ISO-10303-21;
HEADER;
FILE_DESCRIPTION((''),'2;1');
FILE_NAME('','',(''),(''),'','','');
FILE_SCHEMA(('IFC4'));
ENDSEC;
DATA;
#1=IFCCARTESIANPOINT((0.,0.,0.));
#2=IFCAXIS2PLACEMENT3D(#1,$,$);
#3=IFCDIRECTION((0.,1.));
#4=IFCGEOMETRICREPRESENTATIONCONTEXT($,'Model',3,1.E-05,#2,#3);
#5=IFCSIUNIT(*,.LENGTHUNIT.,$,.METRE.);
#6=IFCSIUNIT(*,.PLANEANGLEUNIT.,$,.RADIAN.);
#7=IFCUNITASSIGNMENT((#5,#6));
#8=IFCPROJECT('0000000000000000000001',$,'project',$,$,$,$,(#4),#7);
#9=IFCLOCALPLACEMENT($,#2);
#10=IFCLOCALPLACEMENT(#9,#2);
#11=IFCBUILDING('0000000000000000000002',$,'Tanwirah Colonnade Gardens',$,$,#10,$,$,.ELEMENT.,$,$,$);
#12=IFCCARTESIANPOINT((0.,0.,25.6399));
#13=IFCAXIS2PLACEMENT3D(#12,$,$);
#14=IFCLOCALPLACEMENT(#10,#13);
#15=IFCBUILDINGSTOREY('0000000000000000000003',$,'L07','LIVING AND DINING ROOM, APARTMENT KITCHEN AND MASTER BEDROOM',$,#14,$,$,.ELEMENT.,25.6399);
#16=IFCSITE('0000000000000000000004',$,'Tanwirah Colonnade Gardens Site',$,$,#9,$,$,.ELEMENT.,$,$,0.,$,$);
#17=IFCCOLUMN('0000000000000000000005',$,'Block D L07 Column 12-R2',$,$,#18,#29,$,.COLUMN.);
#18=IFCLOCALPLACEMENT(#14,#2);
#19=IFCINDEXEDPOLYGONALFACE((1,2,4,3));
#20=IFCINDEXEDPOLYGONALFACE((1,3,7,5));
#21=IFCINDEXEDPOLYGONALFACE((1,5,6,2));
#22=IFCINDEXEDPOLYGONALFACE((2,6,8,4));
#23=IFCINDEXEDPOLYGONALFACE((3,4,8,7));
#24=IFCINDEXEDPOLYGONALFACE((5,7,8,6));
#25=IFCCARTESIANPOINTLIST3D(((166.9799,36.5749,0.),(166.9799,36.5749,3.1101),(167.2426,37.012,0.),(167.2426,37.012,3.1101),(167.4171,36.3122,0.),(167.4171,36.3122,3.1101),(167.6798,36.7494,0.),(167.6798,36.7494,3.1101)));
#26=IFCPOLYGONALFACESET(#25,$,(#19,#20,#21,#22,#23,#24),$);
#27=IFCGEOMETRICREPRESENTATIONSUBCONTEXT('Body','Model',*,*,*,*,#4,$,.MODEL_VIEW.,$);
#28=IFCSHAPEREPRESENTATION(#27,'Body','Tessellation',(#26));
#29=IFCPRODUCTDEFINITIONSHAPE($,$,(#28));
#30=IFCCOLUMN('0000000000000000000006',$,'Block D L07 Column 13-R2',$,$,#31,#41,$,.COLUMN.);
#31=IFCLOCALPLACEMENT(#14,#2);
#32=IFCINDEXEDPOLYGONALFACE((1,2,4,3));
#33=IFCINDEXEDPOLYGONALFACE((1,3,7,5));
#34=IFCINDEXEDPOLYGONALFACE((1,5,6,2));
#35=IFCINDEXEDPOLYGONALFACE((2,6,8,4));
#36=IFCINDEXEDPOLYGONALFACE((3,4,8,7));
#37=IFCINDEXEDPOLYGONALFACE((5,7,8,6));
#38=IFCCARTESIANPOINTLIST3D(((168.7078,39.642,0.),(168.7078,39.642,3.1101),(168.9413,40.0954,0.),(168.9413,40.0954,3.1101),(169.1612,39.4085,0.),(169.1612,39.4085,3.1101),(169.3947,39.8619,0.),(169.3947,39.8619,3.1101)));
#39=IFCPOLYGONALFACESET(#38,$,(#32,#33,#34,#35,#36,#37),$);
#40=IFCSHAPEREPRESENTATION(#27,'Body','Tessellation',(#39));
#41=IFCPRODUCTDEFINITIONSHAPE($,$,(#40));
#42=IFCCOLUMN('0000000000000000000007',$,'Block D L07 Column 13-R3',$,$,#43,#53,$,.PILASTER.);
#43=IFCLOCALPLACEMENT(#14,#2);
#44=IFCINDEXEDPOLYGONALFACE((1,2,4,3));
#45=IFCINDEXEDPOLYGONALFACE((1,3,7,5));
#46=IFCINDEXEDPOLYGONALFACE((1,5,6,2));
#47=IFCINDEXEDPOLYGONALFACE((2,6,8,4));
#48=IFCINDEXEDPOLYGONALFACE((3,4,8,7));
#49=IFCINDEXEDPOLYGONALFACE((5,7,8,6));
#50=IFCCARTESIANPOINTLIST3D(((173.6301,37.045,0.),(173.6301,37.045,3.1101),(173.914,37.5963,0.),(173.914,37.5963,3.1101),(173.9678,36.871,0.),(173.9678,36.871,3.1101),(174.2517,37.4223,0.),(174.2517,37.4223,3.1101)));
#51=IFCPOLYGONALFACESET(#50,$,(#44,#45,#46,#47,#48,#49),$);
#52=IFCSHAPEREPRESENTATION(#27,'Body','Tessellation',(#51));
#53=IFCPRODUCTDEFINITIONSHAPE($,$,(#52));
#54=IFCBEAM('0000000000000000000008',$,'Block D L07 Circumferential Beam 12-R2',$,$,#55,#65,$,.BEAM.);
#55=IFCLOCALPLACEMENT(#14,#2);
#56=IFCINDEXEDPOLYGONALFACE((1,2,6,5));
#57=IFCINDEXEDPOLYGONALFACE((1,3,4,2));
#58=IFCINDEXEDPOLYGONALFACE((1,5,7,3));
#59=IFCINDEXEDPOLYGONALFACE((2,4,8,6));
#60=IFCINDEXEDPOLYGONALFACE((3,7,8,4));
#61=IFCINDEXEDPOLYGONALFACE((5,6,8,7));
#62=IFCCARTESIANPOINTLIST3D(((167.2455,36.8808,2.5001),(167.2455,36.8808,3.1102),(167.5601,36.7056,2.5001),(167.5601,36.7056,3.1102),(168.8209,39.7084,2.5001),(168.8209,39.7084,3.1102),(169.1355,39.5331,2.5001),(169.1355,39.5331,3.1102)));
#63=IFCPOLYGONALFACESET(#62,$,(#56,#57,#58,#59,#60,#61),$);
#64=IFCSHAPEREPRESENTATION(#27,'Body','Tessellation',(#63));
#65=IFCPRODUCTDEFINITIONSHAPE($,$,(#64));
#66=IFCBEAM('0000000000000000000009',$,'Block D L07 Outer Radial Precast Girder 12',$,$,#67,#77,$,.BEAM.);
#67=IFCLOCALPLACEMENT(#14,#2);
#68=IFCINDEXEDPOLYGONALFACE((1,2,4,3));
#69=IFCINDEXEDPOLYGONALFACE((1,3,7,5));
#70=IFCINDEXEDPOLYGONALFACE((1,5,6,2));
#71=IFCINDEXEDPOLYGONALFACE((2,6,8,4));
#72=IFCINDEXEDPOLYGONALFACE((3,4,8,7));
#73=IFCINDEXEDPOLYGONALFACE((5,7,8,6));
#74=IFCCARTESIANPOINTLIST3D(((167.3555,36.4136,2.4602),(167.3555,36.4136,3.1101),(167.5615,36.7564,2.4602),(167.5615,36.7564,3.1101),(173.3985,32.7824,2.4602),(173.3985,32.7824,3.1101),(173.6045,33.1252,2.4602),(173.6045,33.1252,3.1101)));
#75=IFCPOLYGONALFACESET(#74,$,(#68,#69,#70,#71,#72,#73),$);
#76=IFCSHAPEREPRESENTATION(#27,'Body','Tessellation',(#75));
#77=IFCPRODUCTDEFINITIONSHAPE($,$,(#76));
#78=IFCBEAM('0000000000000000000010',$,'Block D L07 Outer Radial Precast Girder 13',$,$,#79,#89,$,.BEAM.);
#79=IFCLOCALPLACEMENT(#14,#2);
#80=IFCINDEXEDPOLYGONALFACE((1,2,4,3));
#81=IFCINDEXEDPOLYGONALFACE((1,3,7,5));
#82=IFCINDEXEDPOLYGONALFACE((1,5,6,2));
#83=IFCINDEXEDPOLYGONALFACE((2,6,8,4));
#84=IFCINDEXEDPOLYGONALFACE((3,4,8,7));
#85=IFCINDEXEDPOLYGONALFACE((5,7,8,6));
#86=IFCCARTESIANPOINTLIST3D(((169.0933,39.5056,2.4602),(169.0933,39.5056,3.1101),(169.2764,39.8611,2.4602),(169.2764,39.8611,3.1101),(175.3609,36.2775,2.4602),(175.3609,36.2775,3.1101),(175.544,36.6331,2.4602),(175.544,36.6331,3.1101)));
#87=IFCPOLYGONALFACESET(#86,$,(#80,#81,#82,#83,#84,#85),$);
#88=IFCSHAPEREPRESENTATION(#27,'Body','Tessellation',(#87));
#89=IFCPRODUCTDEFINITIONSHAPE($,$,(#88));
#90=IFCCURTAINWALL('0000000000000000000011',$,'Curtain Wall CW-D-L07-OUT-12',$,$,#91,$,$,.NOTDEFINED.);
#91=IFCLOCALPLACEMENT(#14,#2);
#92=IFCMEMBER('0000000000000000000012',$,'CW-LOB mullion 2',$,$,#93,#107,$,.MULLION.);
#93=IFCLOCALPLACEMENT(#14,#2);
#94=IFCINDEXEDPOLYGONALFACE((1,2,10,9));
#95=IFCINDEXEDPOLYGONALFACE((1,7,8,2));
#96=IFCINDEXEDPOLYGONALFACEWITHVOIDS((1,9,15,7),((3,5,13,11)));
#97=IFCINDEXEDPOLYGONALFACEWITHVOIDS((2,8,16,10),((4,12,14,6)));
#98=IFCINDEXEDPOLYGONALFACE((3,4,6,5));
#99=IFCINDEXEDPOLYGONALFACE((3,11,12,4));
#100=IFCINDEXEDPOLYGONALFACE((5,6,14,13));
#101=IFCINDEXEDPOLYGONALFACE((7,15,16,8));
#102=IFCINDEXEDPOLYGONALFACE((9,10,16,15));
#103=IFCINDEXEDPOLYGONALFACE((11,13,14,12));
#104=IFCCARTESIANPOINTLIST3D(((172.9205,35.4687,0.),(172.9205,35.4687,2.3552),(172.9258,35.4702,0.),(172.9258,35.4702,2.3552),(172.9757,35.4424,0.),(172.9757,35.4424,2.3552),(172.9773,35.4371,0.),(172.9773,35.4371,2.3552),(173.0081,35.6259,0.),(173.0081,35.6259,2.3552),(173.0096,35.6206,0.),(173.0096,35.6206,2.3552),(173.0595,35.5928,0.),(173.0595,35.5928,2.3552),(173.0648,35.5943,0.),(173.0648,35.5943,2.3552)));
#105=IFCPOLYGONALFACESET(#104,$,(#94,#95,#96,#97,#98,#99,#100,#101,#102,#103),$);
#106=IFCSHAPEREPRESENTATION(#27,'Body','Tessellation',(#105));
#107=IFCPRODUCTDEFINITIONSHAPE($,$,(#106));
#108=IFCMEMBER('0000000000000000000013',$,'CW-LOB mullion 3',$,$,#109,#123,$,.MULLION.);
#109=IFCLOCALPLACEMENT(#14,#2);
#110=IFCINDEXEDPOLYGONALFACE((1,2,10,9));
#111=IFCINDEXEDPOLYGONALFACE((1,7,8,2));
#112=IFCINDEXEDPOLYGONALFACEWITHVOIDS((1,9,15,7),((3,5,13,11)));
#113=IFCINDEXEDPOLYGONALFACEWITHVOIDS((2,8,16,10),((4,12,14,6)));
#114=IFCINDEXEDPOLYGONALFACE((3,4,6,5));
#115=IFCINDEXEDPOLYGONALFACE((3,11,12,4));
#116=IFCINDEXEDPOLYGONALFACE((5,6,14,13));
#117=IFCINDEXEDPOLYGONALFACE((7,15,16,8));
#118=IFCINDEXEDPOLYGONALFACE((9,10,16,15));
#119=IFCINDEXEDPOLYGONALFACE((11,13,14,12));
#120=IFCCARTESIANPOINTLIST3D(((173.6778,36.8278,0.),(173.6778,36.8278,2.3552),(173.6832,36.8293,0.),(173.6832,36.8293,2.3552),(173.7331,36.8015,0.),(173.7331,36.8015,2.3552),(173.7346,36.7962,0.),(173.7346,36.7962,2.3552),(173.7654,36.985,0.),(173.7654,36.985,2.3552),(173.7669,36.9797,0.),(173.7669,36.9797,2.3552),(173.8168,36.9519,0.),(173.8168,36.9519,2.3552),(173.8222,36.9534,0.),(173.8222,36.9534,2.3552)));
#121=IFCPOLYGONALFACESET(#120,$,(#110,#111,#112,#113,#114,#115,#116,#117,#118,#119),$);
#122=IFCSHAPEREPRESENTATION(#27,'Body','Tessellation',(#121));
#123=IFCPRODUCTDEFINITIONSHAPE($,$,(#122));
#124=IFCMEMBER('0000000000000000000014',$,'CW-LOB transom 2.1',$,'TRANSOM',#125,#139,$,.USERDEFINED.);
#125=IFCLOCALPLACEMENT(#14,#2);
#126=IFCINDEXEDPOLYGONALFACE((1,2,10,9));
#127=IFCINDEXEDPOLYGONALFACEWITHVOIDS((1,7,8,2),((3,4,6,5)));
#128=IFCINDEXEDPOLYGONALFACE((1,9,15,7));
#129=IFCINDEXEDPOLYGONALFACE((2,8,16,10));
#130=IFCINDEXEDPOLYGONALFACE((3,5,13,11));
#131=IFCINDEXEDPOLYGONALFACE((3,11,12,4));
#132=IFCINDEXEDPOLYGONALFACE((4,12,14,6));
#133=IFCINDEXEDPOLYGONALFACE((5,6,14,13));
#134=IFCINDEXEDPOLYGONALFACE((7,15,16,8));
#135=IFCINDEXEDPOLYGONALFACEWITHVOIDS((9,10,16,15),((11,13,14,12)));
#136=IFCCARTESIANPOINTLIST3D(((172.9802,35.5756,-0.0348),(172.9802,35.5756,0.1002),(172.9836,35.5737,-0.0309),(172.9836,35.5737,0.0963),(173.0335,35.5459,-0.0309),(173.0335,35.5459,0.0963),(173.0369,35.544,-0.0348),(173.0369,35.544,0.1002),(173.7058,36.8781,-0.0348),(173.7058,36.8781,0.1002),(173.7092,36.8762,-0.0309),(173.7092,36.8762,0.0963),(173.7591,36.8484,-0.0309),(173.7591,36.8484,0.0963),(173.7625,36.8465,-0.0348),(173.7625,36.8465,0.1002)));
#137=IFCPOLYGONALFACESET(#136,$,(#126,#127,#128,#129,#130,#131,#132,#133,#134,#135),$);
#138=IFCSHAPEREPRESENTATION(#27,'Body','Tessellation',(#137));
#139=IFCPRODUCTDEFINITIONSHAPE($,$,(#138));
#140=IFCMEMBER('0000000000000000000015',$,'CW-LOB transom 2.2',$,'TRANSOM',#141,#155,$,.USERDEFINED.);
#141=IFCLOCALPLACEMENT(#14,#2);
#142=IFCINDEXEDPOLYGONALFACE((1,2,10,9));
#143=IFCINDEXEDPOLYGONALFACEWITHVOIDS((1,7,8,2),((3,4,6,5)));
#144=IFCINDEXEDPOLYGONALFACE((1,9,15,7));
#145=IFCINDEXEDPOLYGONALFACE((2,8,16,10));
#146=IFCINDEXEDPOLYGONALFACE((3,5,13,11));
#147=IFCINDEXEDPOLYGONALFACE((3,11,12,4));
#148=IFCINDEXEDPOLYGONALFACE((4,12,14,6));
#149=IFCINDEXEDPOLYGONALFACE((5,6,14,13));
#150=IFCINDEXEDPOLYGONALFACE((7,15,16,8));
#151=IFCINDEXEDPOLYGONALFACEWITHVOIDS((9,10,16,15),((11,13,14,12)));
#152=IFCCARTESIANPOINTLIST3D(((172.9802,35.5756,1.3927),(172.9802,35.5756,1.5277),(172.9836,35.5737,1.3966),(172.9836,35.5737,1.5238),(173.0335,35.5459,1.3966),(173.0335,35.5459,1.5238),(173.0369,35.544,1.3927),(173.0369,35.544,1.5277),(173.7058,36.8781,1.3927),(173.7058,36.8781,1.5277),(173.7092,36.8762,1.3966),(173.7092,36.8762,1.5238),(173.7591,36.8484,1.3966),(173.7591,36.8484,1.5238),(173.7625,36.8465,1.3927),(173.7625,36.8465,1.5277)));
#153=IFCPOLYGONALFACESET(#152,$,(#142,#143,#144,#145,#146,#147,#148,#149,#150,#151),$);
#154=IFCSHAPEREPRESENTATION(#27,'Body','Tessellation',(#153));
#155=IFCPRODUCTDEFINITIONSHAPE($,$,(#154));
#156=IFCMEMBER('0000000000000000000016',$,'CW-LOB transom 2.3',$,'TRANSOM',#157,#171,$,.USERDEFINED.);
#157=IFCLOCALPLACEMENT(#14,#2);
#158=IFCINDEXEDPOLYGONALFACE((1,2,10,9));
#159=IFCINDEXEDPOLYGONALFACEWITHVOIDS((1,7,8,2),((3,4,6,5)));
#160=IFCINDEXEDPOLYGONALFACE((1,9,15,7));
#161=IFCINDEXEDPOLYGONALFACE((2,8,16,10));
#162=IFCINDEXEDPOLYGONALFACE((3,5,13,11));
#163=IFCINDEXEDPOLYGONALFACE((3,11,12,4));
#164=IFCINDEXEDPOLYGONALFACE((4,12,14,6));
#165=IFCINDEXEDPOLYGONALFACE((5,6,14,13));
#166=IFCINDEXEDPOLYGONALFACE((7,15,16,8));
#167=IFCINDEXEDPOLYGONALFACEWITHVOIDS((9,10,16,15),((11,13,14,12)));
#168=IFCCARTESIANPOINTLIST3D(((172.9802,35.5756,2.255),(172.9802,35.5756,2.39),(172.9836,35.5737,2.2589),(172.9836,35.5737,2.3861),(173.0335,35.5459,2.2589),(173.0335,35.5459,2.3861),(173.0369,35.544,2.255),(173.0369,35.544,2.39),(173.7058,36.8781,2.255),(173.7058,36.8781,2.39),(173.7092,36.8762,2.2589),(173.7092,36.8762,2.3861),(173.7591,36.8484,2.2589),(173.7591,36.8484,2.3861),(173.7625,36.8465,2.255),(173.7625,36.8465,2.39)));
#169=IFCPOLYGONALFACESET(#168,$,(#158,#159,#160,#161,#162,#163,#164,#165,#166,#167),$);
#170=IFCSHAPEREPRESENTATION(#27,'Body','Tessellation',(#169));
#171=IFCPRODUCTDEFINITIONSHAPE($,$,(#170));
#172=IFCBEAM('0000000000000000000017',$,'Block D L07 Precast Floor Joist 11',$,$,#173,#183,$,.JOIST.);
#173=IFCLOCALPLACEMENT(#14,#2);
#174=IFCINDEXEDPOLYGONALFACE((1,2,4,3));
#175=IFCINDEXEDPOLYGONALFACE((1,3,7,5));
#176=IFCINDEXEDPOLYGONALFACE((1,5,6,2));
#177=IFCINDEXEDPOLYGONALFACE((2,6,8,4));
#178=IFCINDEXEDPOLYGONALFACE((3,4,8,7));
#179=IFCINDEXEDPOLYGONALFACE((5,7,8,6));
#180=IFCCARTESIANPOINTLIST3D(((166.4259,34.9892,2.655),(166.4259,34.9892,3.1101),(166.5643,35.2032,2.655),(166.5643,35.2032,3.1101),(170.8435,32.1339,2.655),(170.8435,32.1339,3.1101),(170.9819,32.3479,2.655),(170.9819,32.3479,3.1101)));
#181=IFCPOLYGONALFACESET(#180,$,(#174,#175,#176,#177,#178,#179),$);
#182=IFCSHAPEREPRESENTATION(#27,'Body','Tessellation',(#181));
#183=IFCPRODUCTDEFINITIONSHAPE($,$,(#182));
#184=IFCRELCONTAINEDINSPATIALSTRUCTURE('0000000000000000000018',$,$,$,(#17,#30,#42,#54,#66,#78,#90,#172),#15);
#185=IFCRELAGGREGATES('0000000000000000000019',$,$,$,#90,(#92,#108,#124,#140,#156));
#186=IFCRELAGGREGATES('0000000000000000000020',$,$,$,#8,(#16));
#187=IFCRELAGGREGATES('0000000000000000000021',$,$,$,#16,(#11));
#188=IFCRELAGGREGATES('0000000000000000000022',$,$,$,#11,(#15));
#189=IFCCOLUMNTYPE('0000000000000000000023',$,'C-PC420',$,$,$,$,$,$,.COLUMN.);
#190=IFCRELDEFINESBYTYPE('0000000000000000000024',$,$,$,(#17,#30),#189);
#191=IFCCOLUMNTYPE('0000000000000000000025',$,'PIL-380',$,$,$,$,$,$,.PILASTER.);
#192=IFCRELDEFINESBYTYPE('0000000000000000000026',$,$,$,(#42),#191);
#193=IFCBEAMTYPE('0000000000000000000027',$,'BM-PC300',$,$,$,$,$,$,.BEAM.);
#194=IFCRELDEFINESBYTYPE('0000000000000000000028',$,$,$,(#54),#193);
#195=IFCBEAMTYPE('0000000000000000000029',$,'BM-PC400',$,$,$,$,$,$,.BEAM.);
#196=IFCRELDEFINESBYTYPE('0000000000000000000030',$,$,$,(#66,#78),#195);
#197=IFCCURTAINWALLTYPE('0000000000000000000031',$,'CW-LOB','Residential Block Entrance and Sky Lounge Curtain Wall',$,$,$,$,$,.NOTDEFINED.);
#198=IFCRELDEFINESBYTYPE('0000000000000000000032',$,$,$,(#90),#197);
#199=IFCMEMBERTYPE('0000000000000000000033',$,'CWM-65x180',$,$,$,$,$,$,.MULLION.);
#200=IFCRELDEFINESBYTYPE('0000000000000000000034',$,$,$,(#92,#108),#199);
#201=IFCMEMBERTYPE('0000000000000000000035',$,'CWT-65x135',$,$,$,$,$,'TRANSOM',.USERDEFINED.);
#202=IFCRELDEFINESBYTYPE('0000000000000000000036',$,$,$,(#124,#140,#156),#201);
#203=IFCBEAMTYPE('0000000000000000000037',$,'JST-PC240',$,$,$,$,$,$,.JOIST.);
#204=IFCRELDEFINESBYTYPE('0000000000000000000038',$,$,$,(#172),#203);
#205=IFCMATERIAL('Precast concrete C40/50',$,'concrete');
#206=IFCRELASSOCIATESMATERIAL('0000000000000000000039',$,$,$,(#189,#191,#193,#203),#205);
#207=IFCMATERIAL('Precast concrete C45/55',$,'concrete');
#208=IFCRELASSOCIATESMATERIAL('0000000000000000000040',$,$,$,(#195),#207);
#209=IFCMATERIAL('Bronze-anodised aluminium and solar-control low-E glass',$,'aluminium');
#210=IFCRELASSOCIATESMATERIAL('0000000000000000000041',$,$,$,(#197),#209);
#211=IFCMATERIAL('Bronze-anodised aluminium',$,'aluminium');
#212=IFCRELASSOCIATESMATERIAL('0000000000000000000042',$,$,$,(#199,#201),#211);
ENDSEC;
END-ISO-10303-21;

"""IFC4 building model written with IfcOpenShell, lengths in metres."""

from ifc_helpers import new_model, si_unit, direction, frame, origin, origin_2d, place, context, subcontext, project, spatial, rectangle, hollow_rectangle, extrude, material, material_profile, profile_set, type_object, element, aggregate, save


model = new_model("IFC4")

# Units and contexts
model_context = context("Model", 3, precision=1e-05, world=origin(), true_north=direction((0.0, 1.0)))
body_context = subcontext(model_context, "Body", "Model", "MODEL_VIEW")
ifc_project = project(units=[si_unit("LENGTHUNIT", "METRE"), si_unit("PLANEANGLEUNIT", "RADIAN")], contexts=[model_context])

# Site, building, storey
site_placement = place(None, origin())
site = spatial("IfcSite", under=ifc_project, at=site_placement, Name="Tanwirah Colonnade Gardens Site", CompositionType="ELEMENT", RefElevation=0.0)
building_placement = place(site_placement, origin())
building = spatial("IfcBuilding", under=site, at=building_placement, Name="Tanwirah Colonnade Gardens", CompositionType="ELEMENT")
storey_placement = place(building_placement, frame((0.0, 0.0, 25.6399)))
storey = spatial("IfcBuildingStorey", under=building, at=storey_placement, Name="L07", Description="LIVING AND DINING ROOM, APARTMENT KITCHEN AND MASTER BEDROOM", CompositionType="ELEMENT", Elevation=25.6399)

# Columns
ifc_material_1 = material(Name="Precast concrete C40/50", Category="concrete")
ifc_material_profile_1 = material_profile(ifc_material_1, rectangle(XDim=0.51, YDim=0.51, at=origin_2d()), Name="PC-COL 510x510")
ifc_profile_set_1 = profile_set([ifc_material_profile_1], Name="Precast concrete C40/50")
column_type_1 = type_object("IfcColumnType", Name="C-PC420", PredefinedType="COLUMN", material=ifc_profile_set_1)
for number, where, z_axis, x_axis, name in (
    (1, (167.3298, 36.6621, 0.0), (0.0, 0.0, 1.0), (0.857167, -0.515038, 0.0), "Block D L07 Column 12-R2"),
    (2, (169.0513, 39.752, 0.0), (0.0, 0.0, 1.0), (0.889017, -0.457874, 0.0), "Block D L07 Column 13-R2"),
):
    element("IfcColumn", number, at=place(storey_placement, frame(where, z_axis=z_axis, x_axis=x_axis)), inside=storey, type_object=column_type_1, Name=name, PredefinedType="COLUMN", context=body_context, shape_type="SweptSolid", body=[
        extrude(rectangle(XDim=0.51, YDim=0.51, at=origin_2d()), origin(), (0.0, 0.0, 1.0), 3.1101),
    ])
ifc_material_profile_2 = material_profile(ifc_material_1, rectangle(XDim=0.3799, YDim=0.6201, at=origin_2d()), Name="PC-PIL 380x620")
ifc_profile_set_2 = profile_set([ifc_material_profile_2], Name="Precast concrete C40/50")
column_type_2 = type_object("IfcColumnType", Name="PIL-380", PredefinedType="PILASTER", material=ifc_profile_set_2)
column_placement = place(storey_placement, frame((173.9409, 37.2336, 0.0), z_axis=(0.0, 0.0, 1.0), x_axis=(0.889017, -0.457874, 0.0)))
element("IfcColumn", 3, at=column_placement, inside=storey, type_object=column_type_2, Name="Block D L07 Column 13-R3", PredefinedType="PILASTER", context=body_context, shape_type="SweptSolid", body=[
    extrude(rectangle(XDim=0.3799, YDim=0.6201, at=origin_2d()), origin(), (0.0, 0.0, 1.0), 3.1101),
])

# Beams
ifc_material_profile_3 = material_profile(ifc_material_1, rectangle(XDim=0.3601, YDim=0.6101, at=origin_2d()), Name="PC-BM 360x610")
ifc_profile_set_3 = profile_set([ifc_material_profile_3], Name="Precast concrete C40/50")
beam_type_1 = type_object("IfcBeamType", Name="BM-PC300", PredefinedType="BEAM", material=ifc_profile_set_3)
beam_1_placement = place(storey_placement, frame((167.4028, 36.7932, 2.8052), z_axis=(0.486712, 0.873562, 0.0), x_axis=(-0.873562, 0.486712, 0.0)))
element("IfcBeam", 4, at=beam_1_placement, inside=storey, type_object=beam_type_1, Name="Block D L07 Circumferential Beam 12-R2", PredefinedType="BEAM", context=body_context, shape_type="SweptSolid", body=[
    extrude(rectangle(XDim=0.3601, YDim=0.6101, at=origin_2d()), origin(), (0.0, 0.0, 1.0), 3.2368),
])
ifc_material_2 = material(Name="Precast concrete C45/55", Category="concrete")
ifc_material_profile_4 = material_profile(ifc_material_2, rectangle(XDim=0.3999, YDim=0.6499, at=origin_2d()), Name="PC-BM 400x650")
ifc_profile_set_4 = profile_set([ifc_material_profile_4], Name="Precast concrete C45/55")
beam_type_2 = type_object("IfcBeamType", Name="BM-PC400", PredefinedType="BEAM", material=ifc_profile_set_4)
for number, where, z_axis, x_axis, name in (
    (5, (167.4585, 36.585, 2.7852), (0.85716, -0.515051, 0.0), (0.515051, 0.85716, 0.0), "Block D L07 Outer Radial Precast Girder 12"),
    (6, (169.1848, 39.6833, 2.7852), (0.889016, -0.457875, 0.0), (0.457875, 0.889016, 0.0), "Block D L07 Outer Radial Precast Girder 13"),
):
    element("IfcBeam", number, at=place(storey_placement, frame(where, z_axis=z_axis, x_axis=x_axis)), inside=storey, type_object=beam_type_2, Name=name, PredefinedType="BEAM", context=body_context, shape_type="SweptSolid", body=[
        extrude(rectangle(XDim=0.3999, YDim=0.6499, at=origin_2d()), origin(), (0.0, 0.0, 1.0), 7.05),
    ])

# Curtain wall, members
ifc_material_3 = material(Name="Bronze-anodised aluminium and solar-control low-E glass", Category="aluminium")
curtain_wall_type = type_object("IfcCurtainWallType", Name="CW-LOB", Description="Residential Block Entrance and Sky Lounge Curtain Wall", PredefinedType="NOTDEFINED", material=ifc_material_3)
curtain_wall_placement = place(storey_placement, origin())
curtain_wall = element("IfcCurtainWall", 7, at=curtain_wall_placement, inside=storey, type_object=curtain_wall_type, Name="Curtain Wall CW-D-L07-OUT-12", PredefinedType="NOTDEFINED")
ifc_material_4 = material(Name="Bronze-anodised aluminium", Category="aluminium")
ifc_material_profile_5 = material_profile(ifc_material_4, hollow_rectangle(XDim=0.0649, YDim=0.1799, WallThickness=0.0039, at=origin_2d()), Name="CW-MUL 65x180x4")
ifc_profile_set_5 = profile_set([ifc_material_profile_5], Name="Bronze-anodised aluminium")
member_type_1 = type_object("IfcMemberType", Name="CWM-65x180", PredefinedType="MULLION", material=ifc_profile_set_5)
member_1_placement = place(storey_placement, frame((172.9927, 35.5315, 0.0), z_axis=(0.0, 0.0, 1.0), x_axis=(-0.873561, 0.486715, 0.0)))
member_1 = element("IfcMember", 8, at=member_1_placement, type_object=member_type_1, Name="CW-LOB mullion 2", PredefinedType="MULLION", context=body_context, shape_type="SweptSolid", body=[
    extrude(hollow_rectangle(XDim=0.0649, YDim=0.1799, WallThickness=0.0039, at=origin_2d()), origin(), (0.0, 0.0, 1.0), 2.3552),
])
member_2_placement = place(storey_placement, frame((173.75, 36.8906, 0.0), z_axis=(0.0, 0.0, 1.0), x_axis=(-0.873561, 0.486715, 0.0)))
member_2 = element("IfcMember", 9, at=member_2_placement, type_object=member_type_1, Name="CW-LOB mullion 3", PredefinedType="MULLION", context=body_context, shape_type="SweptSolid", body=[
    extrude(hollow_rectangle(XDim=0.0649, YDim=0.1799, WallThickness=0.0039, at=origin_2d()), origin(), (0.0, 0.0, 1.0), 2.3552),
])
ifc_material_profile_6 = material_profile(ifc_material_4, hollow_rectangle(XDim=0.0649, YDim=0.135, WallThickness=0.0039, at=origin_2d()), Name="CW-TRN 65x135x4")
ifc_profile_set_6 = profile_set([ifc_material_profile_6], Name="Bronze-anodised aluminium")
member_type_2 = type_object("IfcMemberType", Name="CWT-65x135", ElementType="TRANSOM", PredefinedType="USERDEFINED", material=ifc_profile_set_6)
member_3_placement = place(storey_placement, frame((173.0085, 35.5598, 0.0327), z_axis=(0.486658, 0.873593, 0.0), x_axis=(-0.873593, 0.486658, 0.0)))
member_3 = element("IfcMember", 10, at=member_3_placement, type_object=member_type_2, Name="CW-LOB transom 2.1", ObjectType="TRANSOM", PredefinedType="USERDEFINED", context=body_context, shape_type="SweptSolid", body=[
    extrude(hollow_rectangle(XDim=0.0649, YDim=0.135, WallThickness=0.0039, at=origin_2d()), origin(), (0.0, 0.0, 1.0), 1.491),
])
member_4_placement = place(storey_placement, frame((173.0085, 35.5598, 1.4602), z_axis=(0.486658, 0.873593, 0.0), x_axis=(-0.873593, 0.486658, 0.0)))
member_4 = element("IfcMember", 11, at=member_4_placement, type_object=member_type_2, Name="CW-LOB transom 2.2", ObjectType="TRANSOM", PredefinedType="USERDEFINED", context=body_context, shape_type="SweptSolid", body=[
    extrude(hollow_rectangle(XDim=0.0649, YDim=0.135, WallThickness=0.0039, at=origin_2d()), origin(), (0.0, 0.0, 1.0), 1.491),
])
member_5_placement = place(storey_placement, frame((173.0085, 35.5598, 2.3225), z_axis=(0.486658, 0.873593, 0.0), x_axis=(-0.873593, 0.486658, 0.0)))
member_5 = element("IfcMember", 12, at=member_5_placement, type_object=member_type_2, Name="CW-LOB transom 2.3", ObjectType="TRANSOM", PredefinedType="USERDEFINED", context=body_context, shape_type="SweptSolid", body=[
    extrude(hollow_rectangle(XDim=0.0649, YDim=0.135, WallThickness=0.0039, at=origin_2d()), origin(), (0.0, 0.0, 1.0), 1.491),
])

# Beam
ifc_material_profile_7 = material_profile(ifc_material_1, rectangle(XDim=0.2549, YDim=0.4551, at=origin_2d()), Name="PC-JST 255x455")
ifc_profile_set_7 = profile_set([ifc_material_profile_7], Name="Precast concrete C40/50")
beam_type_3 = type_object("IfcBeamType", Name="JST-PC240", PredefinedType="JOIST", material=ifc_profile_set_7)
for number, where, z_axis, x_axis, name in (
    (13, (166.4951, 35.0962, 2.8826), (0.839843, -0.54283, 0.0), (0.54283, 0.839843, 0.0), "Block D L07 Precast Floor Joist 11"),
):
    element("IfcBeam", number, at=place(storey_placement, frame(where, z_axis=z_axis, x_axis=x_axis)), inside=storey, type_object=beam_type_3, Name=name, PredefinedType="JOIST", context=body_context, shape_type="SweptSolid", body=[
        extrude(rectangle(XDim=0.2549, YDim=0.4551, at=origin_2d()), origin(), (0.0, 0.0, 1.0), 5.26),
    ])

aggregate(curtain_wall, [member_1, member_2, member_3, member_4, member_5])

save(model, "model.ifc")
